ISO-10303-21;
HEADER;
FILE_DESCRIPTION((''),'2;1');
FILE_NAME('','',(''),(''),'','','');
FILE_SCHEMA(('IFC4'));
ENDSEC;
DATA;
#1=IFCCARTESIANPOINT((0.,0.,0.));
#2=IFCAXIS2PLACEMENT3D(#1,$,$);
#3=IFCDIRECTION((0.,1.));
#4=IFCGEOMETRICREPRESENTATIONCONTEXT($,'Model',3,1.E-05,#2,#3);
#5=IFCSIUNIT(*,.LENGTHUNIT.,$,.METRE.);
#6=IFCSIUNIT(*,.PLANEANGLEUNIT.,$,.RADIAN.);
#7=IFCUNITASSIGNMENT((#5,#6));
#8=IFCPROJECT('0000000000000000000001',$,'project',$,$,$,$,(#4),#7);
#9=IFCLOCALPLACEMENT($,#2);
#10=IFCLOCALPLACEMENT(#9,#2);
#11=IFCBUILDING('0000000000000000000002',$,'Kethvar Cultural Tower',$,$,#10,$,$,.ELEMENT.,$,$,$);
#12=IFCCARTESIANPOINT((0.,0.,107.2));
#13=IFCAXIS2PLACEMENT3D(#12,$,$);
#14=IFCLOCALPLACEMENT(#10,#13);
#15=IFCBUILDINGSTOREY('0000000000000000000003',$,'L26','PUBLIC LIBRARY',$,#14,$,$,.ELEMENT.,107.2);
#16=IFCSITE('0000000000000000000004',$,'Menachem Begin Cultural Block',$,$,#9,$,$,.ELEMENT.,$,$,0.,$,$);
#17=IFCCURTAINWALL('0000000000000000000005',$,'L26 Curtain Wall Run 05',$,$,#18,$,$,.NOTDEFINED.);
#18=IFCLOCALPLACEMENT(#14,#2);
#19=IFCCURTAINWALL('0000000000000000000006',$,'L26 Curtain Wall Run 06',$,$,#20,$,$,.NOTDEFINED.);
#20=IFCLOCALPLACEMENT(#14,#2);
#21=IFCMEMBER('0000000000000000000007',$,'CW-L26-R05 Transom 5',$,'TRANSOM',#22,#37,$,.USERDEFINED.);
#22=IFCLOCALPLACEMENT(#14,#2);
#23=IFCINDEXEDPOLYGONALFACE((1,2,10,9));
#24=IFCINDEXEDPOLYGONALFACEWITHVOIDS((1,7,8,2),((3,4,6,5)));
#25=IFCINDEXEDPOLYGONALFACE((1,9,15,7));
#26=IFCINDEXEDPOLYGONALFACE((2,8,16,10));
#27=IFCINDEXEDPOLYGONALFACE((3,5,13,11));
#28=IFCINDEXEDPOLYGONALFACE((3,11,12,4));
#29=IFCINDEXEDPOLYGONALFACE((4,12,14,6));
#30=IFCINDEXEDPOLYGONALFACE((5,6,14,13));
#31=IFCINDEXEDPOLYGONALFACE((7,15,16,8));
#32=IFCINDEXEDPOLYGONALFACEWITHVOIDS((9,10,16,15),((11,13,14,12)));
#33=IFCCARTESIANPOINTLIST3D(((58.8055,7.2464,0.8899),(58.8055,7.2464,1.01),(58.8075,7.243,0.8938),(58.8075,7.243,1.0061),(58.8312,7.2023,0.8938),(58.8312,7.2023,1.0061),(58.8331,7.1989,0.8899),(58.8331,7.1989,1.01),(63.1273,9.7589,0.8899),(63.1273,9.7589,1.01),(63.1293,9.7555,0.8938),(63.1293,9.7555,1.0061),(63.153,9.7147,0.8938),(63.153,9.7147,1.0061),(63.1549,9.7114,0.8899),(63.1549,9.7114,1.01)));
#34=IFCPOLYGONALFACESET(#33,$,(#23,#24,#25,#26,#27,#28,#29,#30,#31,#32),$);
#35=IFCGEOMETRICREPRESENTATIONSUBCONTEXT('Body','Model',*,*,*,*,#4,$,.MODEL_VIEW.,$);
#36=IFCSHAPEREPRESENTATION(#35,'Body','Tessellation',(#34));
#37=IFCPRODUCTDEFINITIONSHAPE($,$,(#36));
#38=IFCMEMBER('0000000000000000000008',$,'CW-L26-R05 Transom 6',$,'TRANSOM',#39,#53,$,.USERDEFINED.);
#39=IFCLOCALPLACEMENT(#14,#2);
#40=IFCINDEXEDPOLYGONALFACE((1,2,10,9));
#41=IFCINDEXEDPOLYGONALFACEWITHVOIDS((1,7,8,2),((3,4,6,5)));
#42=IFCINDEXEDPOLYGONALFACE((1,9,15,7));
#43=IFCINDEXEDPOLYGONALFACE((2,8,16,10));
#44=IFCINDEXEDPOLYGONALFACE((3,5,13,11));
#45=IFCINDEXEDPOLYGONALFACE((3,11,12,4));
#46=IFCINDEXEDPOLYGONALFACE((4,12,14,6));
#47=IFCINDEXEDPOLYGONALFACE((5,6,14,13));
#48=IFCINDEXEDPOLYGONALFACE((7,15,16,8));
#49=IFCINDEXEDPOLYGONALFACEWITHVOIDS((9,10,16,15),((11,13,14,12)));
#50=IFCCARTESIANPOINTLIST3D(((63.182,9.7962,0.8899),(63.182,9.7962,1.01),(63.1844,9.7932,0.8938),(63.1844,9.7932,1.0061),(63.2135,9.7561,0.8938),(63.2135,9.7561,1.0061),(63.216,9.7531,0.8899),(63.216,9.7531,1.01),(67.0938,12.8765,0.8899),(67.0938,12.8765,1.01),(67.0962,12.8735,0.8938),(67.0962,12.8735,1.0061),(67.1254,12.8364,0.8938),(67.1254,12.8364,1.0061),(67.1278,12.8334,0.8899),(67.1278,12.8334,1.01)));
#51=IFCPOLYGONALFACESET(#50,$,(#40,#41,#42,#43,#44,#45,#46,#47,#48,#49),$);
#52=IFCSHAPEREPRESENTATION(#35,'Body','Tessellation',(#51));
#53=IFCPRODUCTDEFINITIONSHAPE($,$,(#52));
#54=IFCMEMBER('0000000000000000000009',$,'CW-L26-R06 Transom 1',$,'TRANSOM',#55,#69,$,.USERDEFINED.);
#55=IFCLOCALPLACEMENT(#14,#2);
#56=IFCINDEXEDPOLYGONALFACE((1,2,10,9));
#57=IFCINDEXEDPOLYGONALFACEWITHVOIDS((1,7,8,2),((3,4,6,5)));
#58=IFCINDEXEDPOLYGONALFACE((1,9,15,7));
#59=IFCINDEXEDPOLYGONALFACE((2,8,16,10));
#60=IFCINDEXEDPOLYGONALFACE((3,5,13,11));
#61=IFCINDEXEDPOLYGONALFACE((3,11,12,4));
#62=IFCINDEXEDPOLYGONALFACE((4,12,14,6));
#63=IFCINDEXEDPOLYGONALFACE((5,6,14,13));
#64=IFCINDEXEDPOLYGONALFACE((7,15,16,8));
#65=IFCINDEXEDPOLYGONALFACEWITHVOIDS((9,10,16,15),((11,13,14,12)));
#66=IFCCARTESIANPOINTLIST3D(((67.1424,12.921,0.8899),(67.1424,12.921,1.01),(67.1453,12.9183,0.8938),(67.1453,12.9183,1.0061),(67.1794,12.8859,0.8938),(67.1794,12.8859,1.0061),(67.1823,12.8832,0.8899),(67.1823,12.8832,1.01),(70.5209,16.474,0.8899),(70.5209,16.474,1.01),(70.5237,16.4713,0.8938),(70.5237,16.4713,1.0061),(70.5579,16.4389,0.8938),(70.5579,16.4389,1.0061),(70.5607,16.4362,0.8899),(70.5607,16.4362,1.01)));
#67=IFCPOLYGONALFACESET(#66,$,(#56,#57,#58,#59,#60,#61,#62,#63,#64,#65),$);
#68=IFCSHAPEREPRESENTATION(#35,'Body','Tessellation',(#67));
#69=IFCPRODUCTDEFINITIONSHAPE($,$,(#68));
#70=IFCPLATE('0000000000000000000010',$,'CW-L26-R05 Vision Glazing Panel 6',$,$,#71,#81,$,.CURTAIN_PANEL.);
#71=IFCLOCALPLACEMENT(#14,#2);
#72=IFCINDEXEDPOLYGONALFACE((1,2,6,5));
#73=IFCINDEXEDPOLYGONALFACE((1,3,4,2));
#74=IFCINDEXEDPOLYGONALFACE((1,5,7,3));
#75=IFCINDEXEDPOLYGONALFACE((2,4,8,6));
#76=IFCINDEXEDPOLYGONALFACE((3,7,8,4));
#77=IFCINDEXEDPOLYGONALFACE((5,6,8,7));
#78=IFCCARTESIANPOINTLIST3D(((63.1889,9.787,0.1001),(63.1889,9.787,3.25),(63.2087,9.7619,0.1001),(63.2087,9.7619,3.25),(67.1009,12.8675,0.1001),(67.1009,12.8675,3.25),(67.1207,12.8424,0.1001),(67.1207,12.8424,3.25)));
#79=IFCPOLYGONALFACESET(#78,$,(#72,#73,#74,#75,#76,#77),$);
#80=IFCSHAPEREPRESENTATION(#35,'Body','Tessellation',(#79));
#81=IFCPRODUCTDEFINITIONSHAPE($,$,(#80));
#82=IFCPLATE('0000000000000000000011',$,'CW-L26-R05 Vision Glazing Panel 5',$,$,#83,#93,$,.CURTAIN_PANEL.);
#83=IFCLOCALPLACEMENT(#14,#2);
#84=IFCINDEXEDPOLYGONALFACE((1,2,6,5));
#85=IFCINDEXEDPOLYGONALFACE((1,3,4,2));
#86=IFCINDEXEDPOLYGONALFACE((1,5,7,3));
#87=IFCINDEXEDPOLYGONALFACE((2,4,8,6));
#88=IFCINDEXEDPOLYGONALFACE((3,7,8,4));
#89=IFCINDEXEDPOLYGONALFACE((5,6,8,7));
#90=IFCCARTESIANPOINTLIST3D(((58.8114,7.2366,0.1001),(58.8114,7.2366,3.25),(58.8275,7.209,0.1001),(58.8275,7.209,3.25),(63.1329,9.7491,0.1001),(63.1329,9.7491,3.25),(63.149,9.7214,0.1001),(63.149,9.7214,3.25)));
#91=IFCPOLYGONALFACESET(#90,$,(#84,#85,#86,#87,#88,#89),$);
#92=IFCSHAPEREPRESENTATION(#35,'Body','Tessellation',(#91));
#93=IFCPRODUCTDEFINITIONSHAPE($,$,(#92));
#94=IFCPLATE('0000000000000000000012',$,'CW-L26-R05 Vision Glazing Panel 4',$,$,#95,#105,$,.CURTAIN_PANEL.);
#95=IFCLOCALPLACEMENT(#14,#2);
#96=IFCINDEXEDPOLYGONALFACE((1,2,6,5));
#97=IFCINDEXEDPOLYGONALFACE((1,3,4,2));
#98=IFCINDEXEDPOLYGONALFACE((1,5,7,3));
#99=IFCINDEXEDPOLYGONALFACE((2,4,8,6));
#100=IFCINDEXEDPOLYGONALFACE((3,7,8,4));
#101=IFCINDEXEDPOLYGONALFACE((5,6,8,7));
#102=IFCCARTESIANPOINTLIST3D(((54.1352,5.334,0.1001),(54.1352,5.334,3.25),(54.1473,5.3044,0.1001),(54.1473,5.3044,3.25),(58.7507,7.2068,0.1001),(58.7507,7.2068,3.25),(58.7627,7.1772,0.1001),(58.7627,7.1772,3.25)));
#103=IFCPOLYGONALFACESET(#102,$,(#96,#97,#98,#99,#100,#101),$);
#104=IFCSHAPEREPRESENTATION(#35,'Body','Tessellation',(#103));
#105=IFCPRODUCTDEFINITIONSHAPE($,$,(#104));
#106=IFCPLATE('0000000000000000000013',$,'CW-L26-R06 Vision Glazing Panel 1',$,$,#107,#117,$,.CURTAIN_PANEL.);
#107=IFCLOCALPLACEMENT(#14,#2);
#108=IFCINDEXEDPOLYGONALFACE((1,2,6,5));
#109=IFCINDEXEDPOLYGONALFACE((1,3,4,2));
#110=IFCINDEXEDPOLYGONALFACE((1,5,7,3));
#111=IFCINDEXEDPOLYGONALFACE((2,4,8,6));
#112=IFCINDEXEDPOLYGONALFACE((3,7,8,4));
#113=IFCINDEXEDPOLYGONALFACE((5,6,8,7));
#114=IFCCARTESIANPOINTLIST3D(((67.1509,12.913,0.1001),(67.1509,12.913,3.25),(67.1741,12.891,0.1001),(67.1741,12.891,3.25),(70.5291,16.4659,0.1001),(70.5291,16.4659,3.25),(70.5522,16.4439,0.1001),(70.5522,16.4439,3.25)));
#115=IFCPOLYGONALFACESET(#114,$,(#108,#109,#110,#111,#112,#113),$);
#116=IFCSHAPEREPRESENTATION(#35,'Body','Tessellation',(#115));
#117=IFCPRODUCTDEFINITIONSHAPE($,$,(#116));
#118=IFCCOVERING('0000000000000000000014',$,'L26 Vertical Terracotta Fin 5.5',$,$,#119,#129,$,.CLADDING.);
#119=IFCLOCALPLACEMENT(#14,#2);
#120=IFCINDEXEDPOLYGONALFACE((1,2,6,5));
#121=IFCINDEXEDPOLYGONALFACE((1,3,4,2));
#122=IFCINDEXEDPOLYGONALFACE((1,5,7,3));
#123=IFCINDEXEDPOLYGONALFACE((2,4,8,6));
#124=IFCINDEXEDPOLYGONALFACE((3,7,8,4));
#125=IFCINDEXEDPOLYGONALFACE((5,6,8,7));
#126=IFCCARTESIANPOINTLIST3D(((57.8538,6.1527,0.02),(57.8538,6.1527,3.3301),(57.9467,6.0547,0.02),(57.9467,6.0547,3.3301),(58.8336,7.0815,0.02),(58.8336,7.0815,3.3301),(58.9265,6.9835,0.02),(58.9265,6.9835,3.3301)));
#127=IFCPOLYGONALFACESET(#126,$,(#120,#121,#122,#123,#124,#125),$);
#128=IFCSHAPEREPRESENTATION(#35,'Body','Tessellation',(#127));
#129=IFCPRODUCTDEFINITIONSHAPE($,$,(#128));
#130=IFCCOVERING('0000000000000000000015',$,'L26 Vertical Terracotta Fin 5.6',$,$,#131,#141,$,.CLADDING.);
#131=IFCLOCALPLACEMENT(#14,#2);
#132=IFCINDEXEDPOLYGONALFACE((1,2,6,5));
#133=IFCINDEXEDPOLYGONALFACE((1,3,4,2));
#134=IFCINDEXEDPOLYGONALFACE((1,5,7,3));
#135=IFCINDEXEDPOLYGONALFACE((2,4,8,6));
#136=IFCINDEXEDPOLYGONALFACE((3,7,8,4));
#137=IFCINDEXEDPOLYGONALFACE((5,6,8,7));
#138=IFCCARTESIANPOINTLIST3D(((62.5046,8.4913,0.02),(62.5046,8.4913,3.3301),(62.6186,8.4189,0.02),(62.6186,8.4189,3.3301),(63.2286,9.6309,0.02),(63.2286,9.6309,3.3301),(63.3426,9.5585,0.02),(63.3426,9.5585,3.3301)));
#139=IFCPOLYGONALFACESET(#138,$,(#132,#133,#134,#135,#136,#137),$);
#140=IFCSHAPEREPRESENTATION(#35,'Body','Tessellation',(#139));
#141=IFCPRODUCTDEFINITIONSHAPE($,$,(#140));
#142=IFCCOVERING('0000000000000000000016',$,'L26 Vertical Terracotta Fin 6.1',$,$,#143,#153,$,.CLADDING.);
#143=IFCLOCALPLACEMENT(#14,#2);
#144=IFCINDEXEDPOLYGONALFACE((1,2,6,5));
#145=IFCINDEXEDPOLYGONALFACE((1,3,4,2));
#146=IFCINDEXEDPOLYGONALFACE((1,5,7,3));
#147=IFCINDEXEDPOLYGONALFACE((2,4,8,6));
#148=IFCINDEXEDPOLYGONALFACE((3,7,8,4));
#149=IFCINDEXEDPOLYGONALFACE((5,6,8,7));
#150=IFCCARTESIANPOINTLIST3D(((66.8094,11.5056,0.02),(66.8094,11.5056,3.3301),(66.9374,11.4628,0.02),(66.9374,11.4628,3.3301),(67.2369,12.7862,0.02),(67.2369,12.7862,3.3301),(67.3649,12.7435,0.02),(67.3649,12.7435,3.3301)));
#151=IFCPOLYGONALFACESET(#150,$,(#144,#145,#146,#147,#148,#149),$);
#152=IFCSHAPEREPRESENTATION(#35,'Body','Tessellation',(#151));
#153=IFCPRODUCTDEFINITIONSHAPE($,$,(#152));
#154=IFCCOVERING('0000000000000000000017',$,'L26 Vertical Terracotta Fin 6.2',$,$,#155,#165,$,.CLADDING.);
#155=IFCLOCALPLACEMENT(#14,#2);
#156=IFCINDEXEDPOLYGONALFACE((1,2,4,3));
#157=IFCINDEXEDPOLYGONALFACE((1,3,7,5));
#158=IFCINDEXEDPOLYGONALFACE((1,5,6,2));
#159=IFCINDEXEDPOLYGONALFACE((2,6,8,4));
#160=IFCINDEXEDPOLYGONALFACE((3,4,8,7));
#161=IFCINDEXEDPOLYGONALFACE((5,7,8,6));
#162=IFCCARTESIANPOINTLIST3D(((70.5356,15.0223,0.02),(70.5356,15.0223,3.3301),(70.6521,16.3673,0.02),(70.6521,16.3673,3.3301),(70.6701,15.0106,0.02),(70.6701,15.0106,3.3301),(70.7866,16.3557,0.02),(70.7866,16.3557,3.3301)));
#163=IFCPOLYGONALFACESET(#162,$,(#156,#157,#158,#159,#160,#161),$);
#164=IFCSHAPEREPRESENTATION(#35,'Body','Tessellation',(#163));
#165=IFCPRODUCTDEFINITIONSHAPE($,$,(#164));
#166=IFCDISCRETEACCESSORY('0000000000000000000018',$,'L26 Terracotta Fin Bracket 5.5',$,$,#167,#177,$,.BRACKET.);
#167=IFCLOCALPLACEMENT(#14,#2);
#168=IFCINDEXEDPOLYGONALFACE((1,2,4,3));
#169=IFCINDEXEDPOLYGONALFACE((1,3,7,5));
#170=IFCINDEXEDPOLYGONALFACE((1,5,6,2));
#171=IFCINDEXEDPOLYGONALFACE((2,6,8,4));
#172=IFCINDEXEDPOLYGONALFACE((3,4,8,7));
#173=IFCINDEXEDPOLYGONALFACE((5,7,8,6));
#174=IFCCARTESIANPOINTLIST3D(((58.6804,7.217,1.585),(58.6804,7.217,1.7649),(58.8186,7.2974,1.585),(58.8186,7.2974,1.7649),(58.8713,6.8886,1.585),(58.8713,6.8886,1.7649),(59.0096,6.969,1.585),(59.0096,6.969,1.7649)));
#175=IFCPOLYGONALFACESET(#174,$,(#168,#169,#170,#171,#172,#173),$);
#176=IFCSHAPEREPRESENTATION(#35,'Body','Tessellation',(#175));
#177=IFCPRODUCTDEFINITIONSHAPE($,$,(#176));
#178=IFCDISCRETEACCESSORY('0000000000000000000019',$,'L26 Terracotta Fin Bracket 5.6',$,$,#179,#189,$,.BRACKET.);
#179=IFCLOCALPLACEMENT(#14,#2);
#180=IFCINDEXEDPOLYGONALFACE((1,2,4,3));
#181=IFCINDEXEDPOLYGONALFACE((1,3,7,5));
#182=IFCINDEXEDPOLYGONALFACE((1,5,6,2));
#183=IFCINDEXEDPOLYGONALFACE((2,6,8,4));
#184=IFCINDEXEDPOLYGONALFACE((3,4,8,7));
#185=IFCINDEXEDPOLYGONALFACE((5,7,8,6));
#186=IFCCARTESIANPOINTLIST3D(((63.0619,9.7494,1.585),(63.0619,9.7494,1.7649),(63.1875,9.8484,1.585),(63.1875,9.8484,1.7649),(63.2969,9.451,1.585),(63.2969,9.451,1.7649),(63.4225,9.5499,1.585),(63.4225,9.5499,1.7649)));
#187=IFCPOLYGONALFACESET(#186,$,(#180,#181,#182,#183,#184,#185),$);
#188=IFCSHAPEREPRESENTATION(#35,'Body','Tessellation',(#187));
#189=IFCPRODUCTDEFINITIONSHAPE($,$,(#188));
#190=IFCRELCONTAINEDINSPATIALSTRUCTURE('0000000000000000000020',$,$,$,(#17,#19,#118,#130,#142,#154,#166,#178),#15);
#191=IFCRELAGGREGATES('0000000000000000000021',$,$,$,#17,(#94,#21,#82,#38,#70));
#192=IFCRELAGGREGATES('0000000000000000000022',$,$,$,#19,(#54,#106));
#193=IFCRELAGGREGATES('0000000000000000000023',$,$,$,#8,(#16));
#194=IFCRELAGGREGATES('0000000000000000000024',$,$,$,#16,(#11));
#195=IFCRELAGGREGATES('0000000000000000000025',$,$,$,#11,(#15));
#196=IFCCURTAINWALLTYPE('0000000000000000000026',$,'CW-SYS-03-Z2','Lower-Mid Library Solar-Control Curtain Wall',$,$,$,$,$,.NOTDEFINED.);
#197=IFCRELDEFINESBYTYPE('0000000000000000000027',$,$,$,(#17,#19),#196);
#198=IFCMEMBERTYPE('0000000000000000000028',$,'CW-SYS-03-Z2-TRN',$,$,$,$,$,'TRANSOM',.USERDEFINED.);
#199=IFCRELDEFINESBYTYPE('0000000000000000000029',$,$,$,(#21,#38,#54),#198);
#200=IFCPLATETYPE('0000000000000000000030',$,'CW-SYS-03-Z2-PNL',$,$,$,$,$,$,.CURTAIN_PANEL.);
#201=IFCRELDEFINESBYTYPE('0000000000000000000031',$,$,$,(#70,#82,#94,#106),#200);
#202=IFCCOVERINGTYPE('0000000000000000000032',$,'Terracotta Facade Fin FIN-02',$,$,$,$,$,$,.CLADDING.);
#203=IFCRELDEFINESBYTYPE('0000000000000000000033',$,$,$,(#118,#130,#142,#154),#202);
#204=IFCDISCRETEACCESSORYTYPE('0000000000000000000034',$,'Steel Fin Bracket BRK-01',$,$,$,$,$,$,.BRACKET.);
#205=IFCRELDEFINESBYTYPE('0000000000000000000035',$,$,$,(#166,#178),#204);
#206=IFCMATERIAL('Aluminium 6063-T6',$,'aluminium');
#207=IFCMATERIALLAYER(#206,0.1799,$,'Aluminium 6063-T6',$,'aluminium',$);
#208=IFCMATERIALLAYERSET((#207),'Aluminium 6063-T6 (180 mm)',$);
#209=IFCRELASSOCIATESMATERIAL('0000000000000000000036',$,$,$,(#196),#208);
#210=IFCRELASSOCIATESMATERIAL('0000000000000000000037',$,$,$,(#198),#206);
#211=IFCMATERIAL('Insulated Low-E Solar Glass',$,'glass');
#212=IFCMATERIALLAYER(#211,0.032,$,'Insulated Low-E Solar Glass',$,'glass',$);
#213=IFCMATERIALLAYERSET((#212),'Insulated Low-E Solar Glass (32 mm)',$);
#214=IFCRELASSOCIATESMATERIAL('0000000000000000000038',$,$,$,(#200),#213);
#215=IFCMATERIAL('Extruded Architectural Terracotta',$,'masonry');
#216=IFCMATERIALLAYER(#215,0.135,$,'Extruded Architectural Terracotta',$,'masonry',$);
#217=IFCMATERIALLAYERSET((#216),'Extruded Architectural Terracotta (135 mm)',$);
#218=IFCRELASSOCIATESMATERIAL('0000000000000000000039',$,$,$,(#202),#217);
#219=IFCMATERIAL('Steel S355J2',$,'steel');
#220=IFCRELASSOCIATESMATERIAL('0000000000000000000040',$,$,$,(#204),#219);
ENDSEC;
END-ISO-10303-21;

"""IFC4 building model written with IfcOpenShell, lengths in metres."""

from ifc_helpers import new_model, si_unit, direction, frame, origin, origin_2d, place, context, subcontext, project, spatial, rectangle, hollow_rectangle, extrude, source, transform, mapped, material, layer, layer_set, material_profile, profile_set, type_object, element, aggregate, save


model = new_model("IFC4")

# Units and contexts
model_context = context("Model", 3, precision=1e-05, world=origin(), true_north=direction((0.0, 1.0)))
body_context = subcontext(model_context, "Body", "Model", "MODEL_VIEW")
ifc_project = project(units=[si_unit("LENGTHUNIT", "METRE"), si_unit("PLANEANGLEUNIT", "RADIAN")], contexts=[model_context])

# Site, building, storey
site_placement = place(None, origin())
site = spatial("IfcSite", under=ifc_project, at=site_placement, Name="Menachem Begin Cultural Block", CompositionType="ELEMENT", RefElevation=0.0)
building_placement = place(site_placement, origin())
building = spatial("IfcBuilding", under=site, at=building_placement, Name="Kethvar Cultural Tower", CompositionType="ELEMENT")
storey_placement = place(building_placement, frame((0.0, 0.0, 107.2)))
storey = spatial("IfcBuildingStorey", under=building, at=storey_placement, Name="L26", Description="PUBLIC LIBRARY", CompositionType="ELEMENT", Elevation=107.2)

# Shared definitions
ifc_material_1 = material(Name="Steel S355J2", Category="steel")

# Curtain walls
ifc_material_2 = material(Name="Aluminium 6063-T6", Category="aluminium")
ifc_layer_1 = layer(ifc_material_2, 0.1799, Name="Aluminium 6063-T6", Category="aluminium")
ifc_layer_set_1 = layer_set([ifc_layer_1], Name="Aluminium 6063-T6 (180 mm)")
curtain_wall_type = type_object("IfcCurtainWallType", Name="CW-SYS-03-Z2", Description="Lower-Mid Library Solar-Control Curtain Wall", PredefinedType="NOTDEFINED", material=ifc_layer_set_1)
curtain_wall_1_placement = place(storey_placement, origin())
curtain_wall_1 = element("IfcCurtainWall", 1, at=curtain_wall_1_placement, inside=storey, type_object=curtain_wall_type, Name="L26 Curtain Wall Run 05", PredefinedType="NOTDEFINED")
curtain_wall_2_placement = place(storey_placement, origin())
curtain_wall_2 = element("IfcCurtainWall", 2, at=curtain_wall_2_placement, inside=storey, type_object=curtain_wall_type, Name="L26 Curtain Wall Run 06", PredefinedType="NOTDEFINED")

# Members
ifc_material_profile_1 = material_profile(ifc_material_2, hollow_rectangle(XDim=0.0549, YDim=0.1201, WallThickness=0.0039, at=origin_2d()), Name="Aluminium 6063-T6 — RHS120x55x4")
ifc_profile_set_1 = profile_set([ifc_material_profile_1], Name="Aluminium 6063-T6 — RHS120x55x4")
member_type_1 = type_object("IfcMemberType", Name="CW-SYS-03-Z2-TRN", ElementType="TRANSOM", PredefinedType="USERDEFINED", material=ifc_profile_set_1)
shared_shape_1 = source(origin(), body_context, "Body", "SweptSolid", [
    extrude(hollow_rectangle(XDim=0.0549, YDim=0.1201, WallThickness=0.0039, at=origin_2d()), origin(), (0.0, 0.0, 1.0), 4.999),
])
member_1_placement = place(storey_placement, frame((58.8193, 7.2227, 0.95), z_axis=(0.864525, 0.502589, 0.0), x_axis=(-0.502589, 0.864525, 0.0)))
member_1 = element("IfcMember", 3, at=member_1_placement, type_object=member_type_1, Name="CW-L26-R05 Transom 5", ObjectType="TRANSOM", PredefinedType="USERDEFINED", context=body_context, shape_type="MappedRepresentation", body=[
    mapped(shared_shape_1, transform((0.0, 0.0, 0.0), scale=1.0)),
])
shared_shape_2 = source(origin(), body_context, "Body", "SweptSolid", [
    extrude(hollow_rectangle(XDim=0.0549, YDim=0.1201, WallThickness=0.0039, at=origin_2d()), origin(), (0.0, 0.0, 1.0), 4.979),
])
member_2_placement = place(storey_placement, frame((63.199, 9.7747, 0.95), z_axis=(0.785663, 0.618655, 0.0), x_axis=(-0.618655, 0.785663, 0.0)))
member_2 = element("IfcMember", 4, at=member_2_placement, type_object=member_type_1, Name="CW-L26-R05 Transom 6", ObjectType="TRANSOM", PredefinedType="USERDEFINED", context=body_context, shape_type="MappedRepresentation", body=[
    mapped(shared_shape_2, transform((0.0, 0.0, 0.0), scale=1.0)),
])
shared_shape_3 = source(origin(), body_context, "Body", "SweptSolid", [
    extrude(hollow_rectangle(XDim=0.0549, YDim=0.1201, WallThickness=0.0039, at=origin_2d()), origin(), (0.0, 0.0, 1.0), 4.9028),
])
member_3_placement = place(storey_placement, frame((67.1624, 12.9021, 0.95), z_axis=(0.68908, 0.724685, 0.0), x_axis=(-0.724685, 0.68908, 0.0)))
member_3 = element("IfcMember", 5, at=member_3_placement, type_object=member_type_1, Name="CW-L26-R06 Transom 1", ObjectType="TRANSOM", PredefinedType="USERDEFINED", context=body_context, shape_type="MappedRepresentation", body=[
    mapped(shared_shape_3, transform((0.0, 0.0, 0.0), scale=1.0)),
])

# Plates
ifc_material_3 = material(Name="Insulated Low-E Solar Glass", Category="glass")
ifc_layer_2 = layer(ifc_material_3, 0.032, Name="Insulated Low-E Solar Glass", Category="glass")
ifc_layer_set_2 = layer_set([ifc_layer_2], Name="Insulated Low-E Solar Glass (32 mm)")
plate_type = type_object("IfcPlateType", Name="CW-SYS-03-Z2-PNL", PredefinedType="CURTAIN_PANEL", material=ifc_layer_set_2)
shared_shape_4 = source(origin(), body_context, "Body", "SweptSolid", [
    extrude(rectangle(XDim=4.9792, YDim=0.032, at=origin_2d()), origin(), (0.0, 0.0, 1.0), 3.1499),
])
plate_1_placement = place(storey_placement, frame((65.1548, 11.3147, 0.1001), z_axis=(0.0, 0.0, 1.0), x_axis=(0.785652, 0.618669, 0.0)))
plate_1 = element("IfcPlate", 6, at=plate_1_placement, type_object=plate_type, Name="CW-L26-R05 Vision Glazing Panel 6", PredefinedType="CURTAIN_PANEL", context=body_context, shape_type="MappedRepresentation", body=[
    mapped(shared_shape_4, transform((0.0, 0.0, 0.0), scale=1.0)),
])
shared_shape_5 = source(origin(), body_context, "Body", "SweptSolid", [
    extrude(rectangle(XDim=4.9988, YDim=0.032, at=origin_2d()), origin(), (0.0, 0.0, 1.0), 3.1499),
])
plate_2_placement = place(storey_placement, frame((60.9802, 8.479, 0.1001), z_axis=(0.0, 0.0, 1.0), x_axis=(0.864512, 0.502613, 0.0)))
plate_2 = element("IfcPlate", 7, at=plate_2_placement, type_object=plate_type, Name="CW-L26-R05 Vision Glazing Panel 5", PredefinedType="CURTAIN_PANEL", context=body_context, shape_type="MappedRepresentation", body=[
    mapped(shared_shape_5, transform((0.0, 0.0, 0.0), scale=1.0)),
])
shared_shape_6 = source(origin(), body_context, "Body", "SweptSolid", [
    extrude(rectangle(XDim=4.981, YDim=0.032, at=origin_2d()), origin(), (0.0, 0.0, 1.0), 3.1499),
])
plate_3_placement = place(storey_placement, frame((56.449, 6.2556, 0.1001), z_axis=(0.0, 0.0, 1.0), x_axis=(0.926621, 0.375998, 0.0)))
plate_3 = element("IfcPlate", 8, at=plate_3_placement, type_object=plate_type, Name="CW-L26-R05 Vision Glazing Panel 4", PredefinedType="CURTAIN_PANEL", context=body_context, shape_type="MappedRepresentation", body=[
    mapped(shared_shape_6, transform((0.0, 0.0, 0.0), scale=1.0)),
])
aggregate(curtain_wall_1, [plate_3, member_1, plate_2, member_2, plate_1])
shared_shape_7 = source(origin(), body_context, "Body", "SweptSolid", [
    extrude(rectangle(XDim=4.9026, YDim=0.032, at=origin_2d()), origin(), (0.0, 0.0, 1.0), 3.1499),
])
plate_4_placement = place(storey_placement, frame((68.8516, 14.6785, 0.1001), z_axis=(0.0, 0.0, 1.0), x_axis=(0.689063, 0.724701, 0.0)))
plate_4 = element("IfcPlate", 9, at=plate_4_placement, type_object=plate_type, Name="CW-L26-R06 Vision Glazing Panel 1", PredefinedType="CURTAIN_PANEL", context=body_context, shape_type="MappedRepresentation", body=[
    mapped(shared_shape_7, transform((0.0, 0.0, 0.0), scale=1.0)),
])
aggregate(curtain_wall_2, [member_3, plate_4])

# Coverings
ifc_material_4 = material(Name="Extruded Architectural Terracotta", Category="masonry")
ifc_layer_3 = layer(ifc_material_4, 0.135, Name="Extruded Architectural Terracotta", Category="masonry")
ifc_layer_set_3 = layer_set([ifc_layer_3], Name="Extruded Architectural Terracotta (135 mm)")
covering_type = type_object("IfcCoveringType", Name="Terracotta Facade Fin FIN-02", PredefinedType="CLADDING", material=ifc_layer_set_3)
shared_shape_8 = source(origin(), body_context, "Body", "SweptSolid", [
    extrude(rectangle(XDim=1.3501, YDim=0.135, at=origin_2d()), origin(), (0.0, 0.0, 1.0), 3.3101),
])
for number, where, z_axis, x_axis, name in (
    (10, (58.3901, 6.5681, 0.02), (0.0, 0.0, 1.0), (-0.725735, -0.687975, 0.0), "L26 Vertical Terracotta Fin 5.5"),
    (11, (62.9236, 9.0249, 0.02), (0.0, 0.0, 1.0), (-0.536269, -0.844047, 0.0), "L26 Vertical Terracotta Fin 5.6"),
    (12, (67.0872, 12.1245, 0.02), (0.0, 0.0, 1.0), (-0.316643, -0.948545, 0.0), "L26 Vertical Terracotta Fin 6.1"),
    (13, (70.6611, 15.689, 0.02), (0.0, 0.0, 1.0), (-0.086286, -0.99627, 0.0), "L26 Vertical Terracotta Fin 6.2"),
):
    element("IfcCovering", number, at=place(storey_placement, frame(where, z_axis=z_axis, x_axis=x_axis)), inside=storey, type_object=covering_type, Name=name, PredefinedType="CLADDING", context=body_context, shape_type="MappedRepresentation", body=[
        mapped(shared_shape_8, transform((0.0, 0.0, 0.0), scale=1.0)),
    ])

# Discrete accessories
discrete_accessory_type = type_object("IfcDiscreteAccessoryType", Name="Steel Fin Bracket BRK-01", PredefinedType="BRACKET", material=ifc_material_1)
shared_shape_9 = source(origin(), body_context, "Body", "SweptSolid", [
    extrude(rectangle(XDim=0.3799, YDim=0.1599, at=origin_2d()), origin(), (0.0, 0.0, 1.0), 0.1799),
])
for number, where, z_axis, x_axis, name in (
    (14, (58.845, 7.093, 1.585), (0.0, 0.0, 1.0), (0.502567, -0.864538, 0.0), "L26 Terracotta Fin Bracket 5.5"),
    (15, (63.2422, 9.6497, 1.585), (0.0, 0.0, 1.0), (0.618683, -0.785641, 0.0), "L26 Terracotta Fin Bracket 5.6"),
):
    element("IfcDiscreteAccessory", number, at=place(storey_placement, frame(where, z_axis=z_axis, x_axis=x_axis)), inside=storey, type_object=discrete_accessory_type, Name=name, PredefinedType="BRACKET", context=body_context, shape_type="MappedRepresentation", body=[
        mapped(shared_shape_9, transform((0.0, 0.0, 0.0), scale=1.0)),
    ])

save(model, "model.ifc")
